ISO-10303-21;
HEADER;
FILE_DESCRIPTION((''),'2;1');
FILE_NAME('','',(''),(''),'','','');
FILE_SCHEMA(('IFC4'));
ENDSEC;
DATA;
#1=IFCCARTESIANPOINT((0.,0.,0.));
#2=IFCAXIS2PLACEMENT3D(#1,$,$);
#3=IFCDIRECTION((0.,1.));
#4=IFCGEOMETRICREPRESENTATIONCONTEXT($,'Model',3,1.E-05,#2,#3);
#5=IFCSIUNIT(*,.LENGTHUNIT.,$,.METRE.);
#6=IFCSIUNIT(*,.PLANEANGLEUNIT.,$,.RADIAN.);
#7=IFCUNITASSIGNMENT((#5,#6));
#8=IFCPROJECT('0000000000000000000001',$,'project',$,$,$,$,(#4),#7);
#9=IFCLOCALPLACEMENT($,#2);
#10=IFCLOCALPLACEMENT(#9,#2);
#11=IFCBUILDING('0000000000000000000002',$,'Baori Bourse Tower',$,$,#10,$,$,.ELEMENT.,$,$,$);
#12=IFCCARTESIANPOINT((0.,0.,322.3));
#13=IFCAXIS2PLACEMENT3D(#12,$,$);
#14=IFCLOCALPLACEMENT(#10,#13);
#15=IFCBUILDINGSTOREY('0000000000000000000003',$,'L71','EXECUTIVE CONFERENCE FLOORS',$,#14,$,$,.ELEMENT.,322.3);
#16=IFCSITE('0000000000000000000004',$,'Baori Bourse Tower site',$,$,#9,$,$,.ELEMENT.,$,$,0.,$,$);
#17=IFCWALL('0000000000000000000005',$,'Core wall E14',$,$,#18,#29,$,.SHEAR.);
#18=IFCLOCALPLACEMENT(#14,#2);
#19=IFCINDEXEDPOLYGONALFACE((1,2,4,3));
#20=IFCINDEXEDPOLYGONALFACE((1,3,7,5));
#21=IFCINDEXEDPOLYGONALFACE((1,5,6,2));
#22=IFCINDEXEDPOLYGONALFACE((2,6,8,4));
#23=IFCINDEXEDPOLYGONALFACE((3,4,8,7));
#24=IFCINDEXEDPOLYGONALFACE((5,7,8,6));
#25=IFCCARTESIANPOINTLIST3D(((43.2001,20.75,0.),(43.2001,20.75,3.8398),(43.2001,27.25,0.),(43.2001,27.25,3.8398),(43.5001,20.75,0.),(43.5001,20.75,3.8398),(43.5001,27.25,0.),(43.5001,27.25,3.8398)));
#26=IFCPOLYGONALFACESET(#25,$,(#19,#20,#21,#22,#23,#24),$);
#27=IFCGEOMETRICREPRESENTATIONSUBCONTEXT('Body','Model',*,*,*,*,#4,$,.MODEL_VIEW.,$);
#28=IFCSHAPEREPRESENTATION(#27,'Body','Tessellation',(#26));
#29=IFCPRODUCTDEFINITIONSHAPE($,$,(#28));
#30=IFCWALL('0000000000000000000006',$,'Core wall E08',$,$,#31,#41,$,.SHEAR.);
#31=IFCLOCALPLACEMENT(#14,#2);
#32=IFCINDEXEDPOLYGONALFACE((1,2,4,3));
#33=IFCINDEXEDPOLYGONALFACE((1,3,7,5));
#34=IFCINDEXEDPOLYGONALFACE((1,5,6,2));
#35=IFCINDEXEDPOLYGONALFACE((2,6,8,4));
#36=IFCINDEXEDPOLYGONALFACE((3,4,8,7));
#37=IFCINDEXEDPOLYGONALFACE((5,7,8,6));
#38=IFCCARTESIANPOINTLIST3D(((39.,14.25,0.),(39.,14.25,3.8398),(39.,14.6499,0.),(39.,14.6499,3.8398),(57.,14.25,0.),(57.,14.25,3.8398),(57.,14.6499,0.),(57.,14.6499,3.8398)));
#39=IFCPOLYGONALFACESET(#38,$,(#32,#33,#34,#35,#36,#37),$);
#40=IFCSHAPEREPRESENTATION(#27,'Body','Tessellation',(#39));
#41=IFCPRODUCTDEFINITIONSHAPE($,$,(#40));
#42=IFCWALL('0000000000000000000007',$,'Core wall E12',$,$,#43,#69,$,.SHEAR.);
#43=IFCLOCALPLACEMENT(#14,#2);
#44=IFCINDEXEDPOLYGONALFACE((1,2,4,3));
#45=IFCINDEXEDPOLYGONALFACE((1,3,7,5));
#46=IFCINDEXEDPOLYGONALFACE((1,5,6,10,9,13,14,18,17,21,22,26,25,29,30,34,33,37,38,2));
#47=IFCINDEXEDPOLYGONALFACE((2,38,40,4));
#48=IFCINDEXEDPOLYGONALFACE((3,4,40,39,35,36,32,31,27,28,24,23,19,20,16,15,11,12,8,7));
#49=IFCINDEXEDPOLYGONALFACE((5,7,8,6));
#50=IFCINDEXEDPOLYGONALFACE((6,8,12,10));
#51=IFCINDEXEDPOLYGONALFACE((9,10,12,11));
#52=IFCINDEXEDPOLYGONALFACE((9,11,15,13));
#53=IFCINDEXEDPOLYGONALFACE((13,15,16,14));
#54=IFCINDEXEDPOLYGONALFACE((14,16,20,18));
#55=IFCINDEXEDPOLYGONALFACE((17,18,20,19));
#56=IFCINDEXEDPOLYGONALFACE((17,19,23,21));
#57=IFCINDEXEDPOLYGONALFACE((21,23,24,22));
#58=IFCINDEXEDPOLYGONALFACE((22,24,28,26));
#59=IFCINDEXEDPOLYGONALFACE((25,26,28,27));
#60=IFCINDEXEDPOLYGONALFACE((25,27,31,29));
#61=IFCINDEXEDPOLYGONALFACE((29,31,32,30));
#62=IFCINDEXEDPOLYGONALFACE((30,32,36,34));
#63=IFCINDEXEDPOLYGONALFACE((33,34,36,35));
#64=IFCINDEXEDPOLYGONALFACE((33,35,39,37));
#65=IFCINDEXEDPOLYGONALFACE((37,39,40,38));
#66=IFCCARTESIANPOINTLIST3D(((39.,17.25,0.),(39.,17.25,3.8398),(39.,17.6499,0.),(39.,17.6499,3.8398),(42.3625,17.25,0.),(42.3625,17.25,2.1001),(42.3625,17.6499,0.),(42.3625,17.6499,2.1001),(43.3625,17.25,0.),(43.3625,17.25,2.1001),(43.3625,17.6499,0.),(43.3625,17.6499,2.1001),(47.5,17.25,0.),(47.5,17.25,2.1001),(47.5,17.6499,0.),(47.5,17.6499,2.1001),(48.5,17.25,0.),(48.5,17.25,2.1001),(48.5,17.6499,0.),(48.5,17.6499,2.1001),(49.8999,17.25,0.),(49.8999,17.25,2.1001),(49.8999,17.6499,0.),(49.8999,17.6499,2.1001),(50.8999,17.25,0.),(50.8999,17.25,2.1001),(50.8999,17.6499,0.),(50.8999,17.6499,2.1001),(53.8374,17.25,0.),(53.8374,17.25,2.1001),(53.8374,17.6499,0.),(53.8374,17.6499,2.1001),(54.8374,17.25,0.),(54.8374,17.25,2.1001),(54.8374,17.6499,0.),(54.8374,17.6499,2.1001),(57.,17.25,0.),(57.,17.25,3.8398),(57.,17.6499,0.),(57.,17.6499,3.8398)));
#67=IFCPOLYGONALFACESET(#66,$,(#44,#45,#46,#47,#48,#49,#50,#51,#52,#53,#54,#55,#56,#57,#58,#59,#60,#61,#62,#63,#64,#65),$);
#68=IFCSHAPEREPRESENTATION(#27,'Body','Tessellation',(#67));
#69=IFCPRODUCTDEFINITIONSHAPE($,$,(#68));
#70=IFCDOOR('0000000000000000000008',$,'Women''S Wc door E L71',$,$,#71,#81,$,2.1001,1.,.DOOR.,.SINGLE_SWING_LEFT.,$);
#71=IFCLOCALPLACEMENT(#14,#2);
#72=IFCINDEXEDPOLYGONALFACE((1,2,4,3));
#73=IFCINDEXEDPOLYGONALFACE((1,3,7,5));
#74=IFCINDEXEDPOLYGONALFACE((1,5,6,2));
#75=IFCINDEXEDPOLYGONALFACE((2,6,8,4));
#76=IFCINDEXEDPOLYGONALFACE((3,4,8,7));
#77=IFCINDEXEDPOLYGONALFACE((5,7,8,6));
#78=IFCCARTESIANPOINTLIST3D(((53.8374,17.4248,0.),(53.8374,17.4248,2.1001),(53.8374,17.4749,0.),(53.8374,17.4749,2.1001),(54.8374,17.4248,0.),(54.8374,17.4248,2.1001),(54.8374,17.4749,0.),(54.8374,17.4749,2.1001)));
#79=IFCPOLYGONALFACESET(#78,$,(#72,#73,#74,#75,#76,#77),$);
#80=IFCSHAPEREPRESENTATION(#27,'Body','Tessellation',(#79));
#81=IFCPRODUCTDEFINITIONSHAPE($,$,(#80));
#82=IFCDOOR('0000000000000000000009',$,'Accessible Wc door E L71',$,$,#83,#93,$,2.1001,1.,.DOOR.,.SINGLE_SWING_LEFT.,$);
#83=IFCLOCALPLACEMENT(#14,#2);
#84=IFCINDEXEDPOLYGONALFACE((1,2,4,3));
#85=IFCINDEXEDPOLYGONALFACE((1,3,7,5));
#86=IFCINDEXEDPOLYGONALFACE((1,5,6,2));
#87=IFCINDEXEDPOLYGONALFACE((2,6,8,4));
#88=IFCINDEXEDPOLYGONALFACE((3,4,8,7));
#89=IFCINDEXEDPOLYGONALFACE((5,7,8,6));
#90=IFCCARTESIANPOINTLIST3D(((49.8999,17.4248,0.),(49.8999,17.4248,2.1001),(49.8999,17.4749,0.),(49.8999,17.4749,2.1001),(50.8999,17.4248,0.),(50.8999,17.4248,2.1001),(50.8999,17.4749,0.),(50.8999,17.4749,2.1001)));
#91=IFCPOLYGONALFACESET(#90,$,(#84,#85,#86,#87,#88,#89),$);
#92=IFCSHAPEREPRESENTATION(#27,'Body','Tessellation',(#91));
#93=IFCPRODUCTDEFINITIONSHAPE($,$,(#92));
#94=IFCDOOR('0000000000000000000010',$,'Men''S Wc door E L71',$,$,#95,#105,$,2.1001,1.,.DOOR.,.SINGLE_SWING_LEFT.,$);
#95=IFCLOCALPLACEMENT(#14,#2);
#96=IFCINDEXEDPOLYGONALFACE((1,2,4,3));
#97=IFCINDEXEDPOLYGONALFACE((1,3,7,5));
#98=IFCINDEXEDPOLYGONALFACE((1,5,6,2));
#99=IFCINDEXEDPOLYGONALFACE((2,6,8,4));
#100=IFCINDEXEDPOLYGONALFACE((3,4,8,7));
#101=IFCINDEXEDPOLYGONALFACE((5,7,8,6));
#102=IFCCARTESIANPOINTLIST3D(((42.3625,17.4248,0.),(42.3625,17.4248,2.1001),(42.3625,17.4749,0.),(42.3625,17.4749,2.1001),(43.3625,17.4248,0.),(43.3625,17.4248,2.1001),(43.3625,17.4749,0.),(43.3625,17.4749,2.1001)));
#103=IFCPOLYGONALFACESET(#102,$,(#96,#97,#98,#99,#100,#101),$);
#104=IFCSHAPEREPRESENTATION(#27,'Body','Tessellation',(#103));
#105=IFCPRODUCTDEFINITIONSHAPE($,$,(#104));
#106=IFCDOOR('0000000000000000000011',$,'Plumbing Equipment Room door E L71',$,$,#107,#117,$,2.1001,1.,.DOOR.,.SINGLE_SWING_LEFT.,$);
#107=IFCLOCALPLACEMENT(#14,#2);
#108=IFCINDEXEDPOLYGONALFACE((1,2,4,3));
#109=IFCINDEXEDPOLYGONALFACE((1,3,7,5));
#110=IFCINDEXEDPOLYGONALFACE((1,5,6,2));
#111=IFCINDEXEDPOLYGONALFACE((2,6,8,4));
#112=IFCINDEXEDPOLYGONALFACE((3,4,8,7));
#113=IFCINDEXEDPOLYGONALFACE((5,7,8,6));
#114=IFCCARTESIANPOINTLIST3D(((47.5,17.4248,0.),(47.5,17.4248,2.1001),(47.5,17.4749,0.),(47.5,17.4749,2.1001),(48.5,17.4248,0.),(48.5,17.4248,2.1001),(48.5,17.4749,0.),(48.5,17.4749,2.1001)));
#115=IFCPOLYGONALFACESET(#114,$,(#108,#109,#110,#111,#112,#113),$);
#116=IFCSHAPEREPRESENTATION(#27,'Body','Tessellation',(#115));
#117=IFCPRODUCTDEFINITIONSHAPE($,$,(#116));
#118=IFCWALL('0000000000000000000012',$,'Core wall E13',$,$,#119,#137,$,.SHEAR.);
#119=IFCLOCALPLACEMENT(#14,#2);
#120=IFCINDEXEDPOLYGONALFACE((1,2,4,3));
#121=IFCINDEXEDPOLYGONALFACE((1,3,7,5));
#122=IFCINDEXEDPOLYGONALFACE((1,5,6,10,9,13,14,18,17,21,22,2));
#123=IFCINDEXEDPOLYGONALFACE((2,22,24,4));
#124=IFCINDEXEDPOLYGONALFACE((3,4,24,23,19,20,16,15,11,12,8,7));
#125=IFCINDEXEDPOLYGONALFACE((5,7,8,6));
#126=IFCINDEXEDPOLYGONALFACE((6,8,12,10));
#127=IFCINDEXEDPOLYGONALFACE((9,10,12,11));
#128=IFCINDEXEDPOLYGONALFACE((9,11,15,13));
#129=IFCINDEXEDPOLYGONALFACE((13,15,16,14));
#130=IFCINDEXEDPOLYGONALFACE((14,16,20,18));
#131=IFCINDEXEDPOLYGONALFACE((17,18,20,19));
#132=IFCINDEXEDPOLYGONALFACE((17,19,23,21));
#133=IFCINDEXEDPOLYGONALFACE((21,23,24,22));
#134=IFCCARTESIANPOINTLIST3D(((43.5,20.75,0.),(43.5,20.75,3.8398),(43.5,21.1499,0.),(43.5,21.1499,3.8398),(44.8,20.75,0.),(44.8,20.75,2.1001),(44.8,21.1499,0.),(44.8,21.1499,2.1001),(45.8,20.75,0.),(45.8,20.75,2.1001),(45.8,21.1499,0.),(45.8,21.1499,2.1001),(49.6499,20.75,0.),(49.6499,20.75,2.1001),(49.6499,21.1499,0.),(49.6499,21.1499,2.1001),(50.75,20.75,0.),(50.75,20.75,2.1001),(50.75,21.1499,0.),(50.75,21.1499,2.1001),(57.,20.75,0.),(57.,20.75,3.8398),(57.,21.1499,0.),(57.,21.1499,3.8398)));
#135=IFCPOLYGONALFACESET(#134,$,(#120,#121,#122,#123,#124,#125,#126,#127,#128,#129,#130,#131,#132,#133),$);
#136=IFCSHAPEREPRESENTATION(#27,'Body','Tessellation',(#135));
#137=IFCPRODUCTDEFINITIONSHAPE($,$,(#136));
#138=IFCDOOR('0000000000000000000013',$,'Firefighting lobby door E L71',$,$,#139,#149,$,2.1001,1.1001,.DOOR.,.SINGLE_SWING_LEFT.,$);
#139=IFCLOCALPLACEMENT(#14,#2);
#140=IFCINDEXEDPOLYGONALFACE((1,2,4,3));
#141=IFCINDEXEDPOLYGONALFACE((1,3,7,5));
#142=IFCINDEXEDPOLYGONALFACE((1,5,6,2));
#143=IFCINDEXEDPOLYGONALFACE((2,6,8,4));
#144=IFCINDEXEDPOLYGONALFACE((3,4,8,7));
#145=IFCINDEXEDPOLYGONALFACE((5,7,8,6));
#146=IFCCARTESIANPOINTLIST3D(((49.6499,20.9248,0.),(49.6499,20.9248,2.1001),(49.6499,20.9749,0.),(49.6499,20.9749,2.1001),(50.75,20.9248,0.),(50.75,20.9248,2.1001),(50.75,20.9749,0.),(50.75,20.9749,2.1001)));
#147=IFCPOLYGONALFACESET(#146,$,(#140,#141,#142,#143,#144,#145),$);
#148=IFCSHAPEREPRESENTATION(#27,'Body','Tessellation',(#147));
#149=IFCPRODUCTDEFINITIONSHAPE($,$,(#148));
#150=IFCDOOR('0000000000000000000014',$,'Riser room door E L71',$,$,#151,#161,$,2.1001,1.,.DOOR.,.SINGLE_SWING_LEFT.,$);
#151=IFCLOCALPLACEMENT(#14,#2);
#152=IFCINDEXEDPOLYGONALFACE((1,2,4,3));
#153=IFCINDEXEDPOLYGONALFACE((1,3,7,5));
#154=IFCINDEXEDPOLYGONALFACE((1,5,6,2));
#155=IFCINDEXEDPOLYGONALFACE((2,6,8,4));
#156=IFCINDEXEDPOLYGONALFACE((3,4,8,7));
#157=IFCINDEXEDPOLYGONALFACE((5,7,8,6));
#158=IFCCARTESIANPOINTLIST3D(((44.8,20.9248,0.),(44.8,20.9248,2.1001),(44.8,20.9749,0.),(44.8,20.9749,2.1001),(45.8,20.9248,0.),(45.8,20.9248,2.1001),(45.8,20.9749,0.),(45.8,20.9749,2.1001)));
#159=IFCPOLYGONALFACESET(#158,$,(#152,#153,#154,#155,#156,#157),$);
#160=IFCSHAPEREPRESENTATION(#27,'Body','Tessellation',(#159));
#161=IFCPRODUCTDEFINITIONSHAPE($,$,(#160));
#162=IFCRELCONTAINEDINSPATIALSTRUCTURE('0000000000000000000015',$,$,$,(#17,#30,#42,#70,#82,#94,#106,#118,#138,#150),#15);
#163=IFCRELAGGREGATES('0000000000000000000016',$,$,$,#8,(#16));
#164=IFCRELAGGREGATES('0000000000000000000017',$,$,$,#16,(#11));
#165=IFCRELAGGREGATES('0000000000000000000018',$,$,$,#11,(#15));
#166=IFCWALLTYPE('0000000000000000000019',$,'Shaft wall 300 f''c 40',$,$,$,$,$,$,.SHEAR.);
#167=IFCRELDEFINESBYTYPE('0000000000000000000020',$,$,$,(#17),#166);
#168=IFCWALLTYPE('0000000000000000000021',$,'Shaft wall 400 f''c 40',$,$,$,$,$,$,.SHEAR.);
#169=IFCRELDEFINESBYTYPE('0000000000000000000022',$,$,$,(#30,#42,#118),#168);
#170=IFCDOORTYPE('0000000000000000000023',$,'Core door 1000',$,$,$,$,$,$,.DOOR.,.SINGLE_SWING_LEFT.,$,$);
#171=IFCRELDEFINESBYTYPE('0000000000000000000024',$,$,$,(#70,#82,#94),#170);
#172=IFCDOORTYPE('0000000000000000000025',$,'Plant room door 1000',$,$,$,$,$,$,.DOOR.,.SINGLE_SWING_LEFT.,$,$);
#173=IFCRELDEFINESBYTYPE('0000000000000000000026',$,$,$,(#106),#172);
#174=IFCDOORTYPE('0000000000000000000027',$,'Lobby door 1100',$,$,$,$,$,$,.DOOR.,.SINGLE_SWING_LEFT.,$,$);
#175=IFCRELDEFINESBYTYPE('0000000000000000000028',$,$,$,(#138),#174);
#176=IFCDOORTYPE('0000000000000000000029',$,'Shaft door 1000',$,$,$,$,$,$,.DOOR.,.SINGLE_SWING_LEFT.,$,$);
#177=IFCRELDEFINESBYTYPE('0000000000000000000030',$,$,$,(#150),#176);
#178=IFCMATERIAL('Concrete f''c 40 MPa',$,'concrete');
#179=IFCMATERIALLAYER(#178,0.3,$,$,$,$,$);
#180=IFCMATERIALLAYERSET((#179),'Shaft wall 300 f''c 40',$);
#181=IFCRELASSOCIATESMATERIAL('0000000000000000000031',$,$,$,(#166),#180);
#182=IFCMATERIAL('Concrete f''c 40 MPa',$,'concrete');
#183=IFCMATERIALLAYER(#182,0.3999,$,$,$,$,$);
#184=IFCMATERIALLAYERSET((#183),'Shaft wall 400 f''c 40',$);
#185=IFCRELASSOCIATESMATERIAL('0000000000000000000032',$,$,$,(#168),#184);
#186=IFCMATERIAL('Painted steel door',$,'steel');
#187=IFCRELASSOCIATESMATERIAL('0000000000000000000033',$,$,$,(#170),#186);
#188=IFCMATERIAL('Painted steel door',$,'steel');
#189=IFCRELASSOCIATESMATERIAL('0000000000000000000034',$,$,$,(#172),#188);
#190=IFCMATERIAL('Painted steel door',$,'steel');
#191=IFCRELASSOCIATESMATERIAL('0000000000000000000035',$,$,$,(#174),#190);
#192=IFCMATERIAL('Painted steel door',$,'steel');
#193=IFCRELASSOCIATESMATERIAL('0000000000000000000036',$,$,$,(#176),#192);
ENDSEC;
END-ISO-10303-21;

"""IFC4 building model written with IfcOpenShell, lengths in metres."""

from ifc_helpers import new_model, si_unit, direction, frame, frame_2d, origin, place, context, subcontext, project, spatial, rectangle, extrude, material, layer, layer_set, type_object, element, fill, save


model = new_model("IFC4")

# Units and contexts
model_context = context("Model", 3, precision=1e-05, world=origin(), true_north=direction((0.0, 1.0)))
body_context = subcontext(model_context, "Body", "Model", "MODEL_VIEW")
ifc_project = project(units=[si_unit("LENGTHUNIT", "METRE"), si_unit("PLANEANGLEUNIT", "RADIAN")], contexts=[model_context])

# Site, building, storey
site_placement = place(None, origin())
site = spatial("IfcSite", under=ifc_project, at=site_placement, Name="Baori Bourse Tower site", CompositionType="ELEMENT", RefElevation=0.0)
building_placement = place(site_placement, origin())
building = spatial("IfcBuilding", under=site, at=building_placement, Name="Baori Bourse Tower", CompositionType="ELEMENT")
storey_placement = place(building_placement, frame((0.0, 0.0, 322.3)))
storey = spatial("IfcBuildingStorey", under=building, at=storey_placement, Name="L71", Description="EXECUTIVE CONFERENCE FLOORS", CompositionType="ELEMENT", Elevation=322.3)

# Walls
ifc_material_1 = material(Name="Concrete f'c 40 MPa", Category="concrete")
ifc_layer_1 = layer(ifc_material_1, 0.3)
ifc_layer_set_1 = layer_set([ifc_layer_1], Name="Shaft wall 300 f'c 40")
wall_type_1 = type_object("IfcWallType", Name="Shaft wall 300 f'c 40", PredefinedType="SHEAR", material=ifc_layer_set_1)
wall_1_placement = place(storey_placement, frame((43.3501, 20.75, 0.0), z_axis=(0.0, 0.0, 1.0), x_axis=(0.0, 1.0, 0.0)))
element("IfcWall", 1, at=wall_1_placement, inside=storey, type_object=wall_type_1, Name="Core wall E14", PredefinedType="SHEAR", context=body_context, shape_type="SweptSolid", body=[
    extrude(rectangle(XDim=6.5, YDim=0.3, at=frame_2d((3.25, 0.0))), origin(), (0.0, 0.0, 1.0), 3.8398),
])
ifc_material_2 = material(Name="Concrete f'c 40 MPa", Category="concrete")
ifc_layer_2 = layer(ifc_material_2, 0.3999)
ifc_layer_set_2 = layer_set([ifc_layer_2], Name="Shaft wall 400 f'c 40")
wall_type_2 = type_object("IfcWallType", Name="Shaft wall 400 f'c 40", PredefinedType="SHEAR", material=ifc_layer_set_2)
wall_2_placement = place(storey_placement, frame((39.0, 14.45, 0.0), z_axis=(0.0, 0.0, 1.0), x_axis=(1.0, 0.0, 0.0)))
element("IfcWall", 2, at=wall_2_placement, inside=storey, type_object=wall_type_2, Name="Core wall E08", PredefinedType="SHEAR", context=body_context, shape_type="SweptSolid", body=[
    extrude(rectangle(XDim=18.0, YDim=0.3999, at=frame_2d((9.0, 0.0))), origin(), (0.0, 0.0, 1.0), 3.8398),
])

# Walls, openings, doors
wall_3_placement = place(storey_placement, frame((39.0, 17.45, 0.0), z_axis=(0.0, 0.0, 1.0), x_axis=(1.0, 0.0, 0.0)))
wall_3 = element("IfcWall", 3, at=wall_3_placement, inside=storey, type_object=wall_type_2, Name="Core wall E12", PredefinedType="SHEAR", context=body_context, shape_type="SweptSolid", body=[
    extrude(rectangle(XDim=18.0, YDim=0.3999, at=frame_2d((9.0, 0.0))), origin(), (0.0, 0.0, 1.0), 3.8398),
])
opening_1_placement = place(wall_3_placement, frame((14.8374, 0.0, 0.0)))
opening_1 = element("IfcOpeningElement", 4, at=opening_1_placement, cuts=wall_3, PredefinedType="OPENING", context=body_context, shape_type="SweptSolid", body=[
    extrude(rectangle(XDim=1.0, YDim=2.1001, at=frame_2d((0.5, 1.05))), frame((0.0, 0.21, 0.0), z_axis=(0.0, -1.0, 0.0), x_axis=(1.0, 0.0, 0.0)), (0.0, 0.0, 1.0), 0.4199),
])
opening_2_placement = place(wall_3_placement, frame((10.8999, 0.0, 0.0)))
opening_2 = element("IfcOpeningElement", 5, at=opening_2_placement, cuts=wall_3, PredefinedType="OPENING", context=body_context, shape_type="SweptSolid", body=[
    extrude(rectangle(XDim=1.0, YDim=2.1001, at=frame_2d((0.5, 1.05))), frame((0.0, 0.21, 0.0), z_axis=(0.0, -1.0, 0.0), x_axis=(1.0, 0.0, 0.0)), (0.0, 0.0, 1.0), 0.4199),
])
opening_3_placement = place(wall_3_placement, frame((8.5, 0.0, 0.0)))
opening_3 = element("IfcOpeningElement", 6, at=opening_3_placement, cuts=wall_3, PredefinedType="OPENING", context=body_context, shape_type="SweptSolid", body=[
    extrude(rectangle(XDim=1.0, YDim=2.1001, at=frame_2d((0.5, 1.05))), frame((0.0, 0.21, 0.0), z_axis=(0.0, -1.0, 0.0), x_axis=(1.0, 0.0, 0.0)), (0.0, 0.0, 1.0), 0.4199),
])
opening_4_placement = place(wall_3_placement, frame((3.3625, 0.0, 0.0)))
opening_4 = element("IfcOpeningElement", 7, at=opening_4_placement, cuts=wall_3, PredefinedType="OPENING", context=body_context, shape_type="SweptSolid", body=[
    extrude(rectangle(XDim=1.0, YDim=2.1001, at=frame_2d((0.5, 1.05))), frame((0.0, 0.21, 0.0), z_axis=(0.0, -1.0, 0.0), x_axis=(1.0, 0.0, 0.0)), (0.0, 0.0, 1.0), 0.4199),
])
ifc_material_3 = material(Name="Painted steel door", Category="steel")
door_type_1 = type_object("IfcDoorType", Name="Core door 1000", OperationType="SINGLE_SWING_LEFT", PredefinedType="DOOR", material=ifc_material_3)
door_1_placement = place(opening_1_placement, origin())
door_1 = element("IfcDoor", 8, at=door_1_placement, inside=storey, type_object=door_type_1, Name="Women'S Wc door E L71", OperationType="SINGLE_SWING_LEFT", OverallHeight=2.1001, OverallWidth=1.0, PredefinedType="DOOR", context=body_context, shape_type="SweptSolid", body=[
    extrude(rectangle(XDim=1.0, YDim=2.1001, at=frame_2d((0.5, 1.05))), frame((0.0, 0.0249, 0.0), z_axis=(0.0, -1.0, 0.0), x_axis=(1.0, 0.0, 0.0)), (0.0, 0.0, 1.0), 0.05),
])
fill(opening_1, door_1)
door_2_placement = place(opening_2_placement, origin())
door_2 = element("IfcDoor", 9, at=door_2_placement, inside=storey, type_object=door_type_1, Name="Accessible Wc door E L71", OperationType="SINGLE_SWING_LEFT", OverallHeight=2.1001, OverallWidth=1.0, PredefinedType="DOOR", context=body_context, shape_type="SweptSolid", body=[
    extrude(rectangle(XDim=1.0, YDim=2.1001, at=frame_2d((0.5, 1.05))), frame((0.0, 0.0249, 0.0), z_axis=(0.0, -1.0, 0.0), x_axis=(1.0, 0.0, 0.0)), (0.0, 0.0, 1.0), 0.05),
])
fill(opening_2, door_2)
door_3_placement = place(opening_4_placement, origin())
door_3 = element("IfcDoor", 10, at=door_3_placement, inside=storey, type_object=door_type_1, Name="Men'S Wc door E L71", OperationType="SINGLE_SWING_LEFT", OverallHeight=2.1001, OverallWidth=1.0, PredefinedType="DOOR", context=body_context, shape_type="SweptSolid", body=[
    extrude(rectangle(XDim=1.0, YDim=2.1001, at=frame_2d((0.5, 1.05))), frame((0.0, 0.0249, 0.0), z_axis=(0.0, -1.0, 0.0), x_axis=(1.0, 0.0, 0.0)), (0.0, 0.0, 1.0), 0.05),
])
fill(opening_4, door_3)
ifc_material_4 = material(Name="Painted steel door", Category="steel")
door_type_2 = type_object("IfcDoorType", Name="Plant room door 1000", OperationType="SINGLE_SWING_LEFT", PredefinedType="DOOR", material=ifc_material_4)
door_4_placement = place(opening_3_placement, origin())
door_4 = element("IfcDoor", 11, at=door_4_placement, inside=storey, type_object=door_type_2, Name="Plumbing Equipment Room door E L71", OperationType="SINGLE_SWING_LEFT", OverallHeight=2.1001, OverallWidth=1.0, PredefinedType="DOOR", context=body_context, shape_type="SweptSolid", body=[
    extrude(rectangle(XDim=1.0, YDim=2.1001, at=frame_2d((0.5, 1.05))), frame((0.0, 0.0249, 0.0), z_axis=(0.0, -1.0, 0.0), x_axis=(1.0, 0.0, 0.0)), (0.0, 0.0, 1.0), 0.05),
])
fill(opening_3, door_4)
wall_4_placement = place(storey_placement, frame((43.5, 20.95, 0.0), z_axis=(0.0, 0.0, 1.0), x_axis=(1.0, 0.0, 0.0)))
wall_4 = element("IfcWall", 12, at=wall_4_placement, inside=storey, type_object=wall_type_2, Name="Core wall E13", PredefinedType="SHEAR", context=body_context, shape_type="SweptSolid", body=[
    extrude(rectangle(XDim=13.5, YDim=0.3999, at=frame_2d((6.75, 0.0))), origin(), (0.0, 0.0, 1.0), 3.8398),
])
opening_5_placement = place(wall_4_placement, frame((6.1499, 0.0, 0.0)))
opening_5 = element("IfcOpeningElement", 13, at=opening_5_placement, cuts=wall_4, PredefinedType="OPENING", context=body_context, shape_type="SweptSolid", body=[
    extrude(rectangle(XDim=1.1001, YDim=2.1001, at=frame_2d((0.55, 1.05))), frame((0.0, 0.21, 0.0), z_axis=(0.0, -1.0, 0.0), x_axis=(1.0, 0.0, 0.0)), (0.0, 0.0, 1.0), 0.4199),
])
opening_6_placement = place(wall_4_placement, frame((1.3, 0.0, 0.0)))
opening_6 = element("IfcOpeningElement", 14, at=opening_6_placement, cuts=wall_4, PredefinedType="OPENING", context=body_context, shape_type="SweptSolid", body=[
    extrude(rectangle(XDim=1.0, YDim=2.1001, at=frame_2d((0.5, 1.05))), frame((0.0, 0.21, 0.0), z_axis=(0.0, -1.0, 0.0), x_axis=(1.0, 0.0, 0.0)), (0.0, 0.0, 1.0), 0.4199),
])
ifc_material_5 = material(Name="Painted steel door", Category="steel")
door_type_3 = type_object("IfcDoorType", Name="Lobby door 1100", OperationType="SINGLE_SWING_LEFT", PredefinedType="DOOR", material=ifc_material_5)
door_5_placement = place(opening_5_placement, origin())
door_5 = element("IfcDoor", 15, at=door_5_placement, inside=storey, type_object=door_type_3, Name="Firefighting lobby door E L71", OperationType="SINGLE_SWING_LEFT", OverallHeight=2.1001, OverallWidth=1.1001, PredefinedType="DOOR", context=body_context, shape_type="SweptSolid", body=[
    extrude(rectangle(XDim=1.1001, YDim=2.1001, at=frame_2d((0.55, 1.05))), frame((0.0, 0.0249, 0.0), z_axis=(0.0, -1.0, 0.0), x_axis=(1.0, 0.0, 0.0)), (0.0, 0.0, 1.0), 0.05),
])
fill(opening_5, door_5)
ifc_material_6 = material(Name="Painted steel door", Category="steel")
door_type_4 = type_object("IfcDoorType", Name="Shaft door 1000", OperationType="SINGLE_SWING_LEFT", PredefinedType="DOOR", material=ifc_material_6)
door_6_placement = place(opening_6_placement, origin())
door_6 = element("IfcDoor", 16, at=door_6_placement, inside=storey, type_object=door_type_4, Name="Riser room door E L71", OperationType="SINGLE_SWING_LEFT", OverallHeight=2.1001, OverallWidth=1.0, PredefinedType="DOOR", context=body_context, shape_type="SweptSolid", body=[
    extrude(rectangle(XDim=1.0, YDim=2.1001, at=frame_2d((0.5, 1.05))), frame((0.0, 0.0249, 0.0), z_axis=(0.0, -1.0, 0.0), x_axis=(1.0, 0.0, 0.0)), (0.0, 0.0, 1.0), 0.05),
])
fill(opening_6, door_6)

save(model, "model.ifc")
